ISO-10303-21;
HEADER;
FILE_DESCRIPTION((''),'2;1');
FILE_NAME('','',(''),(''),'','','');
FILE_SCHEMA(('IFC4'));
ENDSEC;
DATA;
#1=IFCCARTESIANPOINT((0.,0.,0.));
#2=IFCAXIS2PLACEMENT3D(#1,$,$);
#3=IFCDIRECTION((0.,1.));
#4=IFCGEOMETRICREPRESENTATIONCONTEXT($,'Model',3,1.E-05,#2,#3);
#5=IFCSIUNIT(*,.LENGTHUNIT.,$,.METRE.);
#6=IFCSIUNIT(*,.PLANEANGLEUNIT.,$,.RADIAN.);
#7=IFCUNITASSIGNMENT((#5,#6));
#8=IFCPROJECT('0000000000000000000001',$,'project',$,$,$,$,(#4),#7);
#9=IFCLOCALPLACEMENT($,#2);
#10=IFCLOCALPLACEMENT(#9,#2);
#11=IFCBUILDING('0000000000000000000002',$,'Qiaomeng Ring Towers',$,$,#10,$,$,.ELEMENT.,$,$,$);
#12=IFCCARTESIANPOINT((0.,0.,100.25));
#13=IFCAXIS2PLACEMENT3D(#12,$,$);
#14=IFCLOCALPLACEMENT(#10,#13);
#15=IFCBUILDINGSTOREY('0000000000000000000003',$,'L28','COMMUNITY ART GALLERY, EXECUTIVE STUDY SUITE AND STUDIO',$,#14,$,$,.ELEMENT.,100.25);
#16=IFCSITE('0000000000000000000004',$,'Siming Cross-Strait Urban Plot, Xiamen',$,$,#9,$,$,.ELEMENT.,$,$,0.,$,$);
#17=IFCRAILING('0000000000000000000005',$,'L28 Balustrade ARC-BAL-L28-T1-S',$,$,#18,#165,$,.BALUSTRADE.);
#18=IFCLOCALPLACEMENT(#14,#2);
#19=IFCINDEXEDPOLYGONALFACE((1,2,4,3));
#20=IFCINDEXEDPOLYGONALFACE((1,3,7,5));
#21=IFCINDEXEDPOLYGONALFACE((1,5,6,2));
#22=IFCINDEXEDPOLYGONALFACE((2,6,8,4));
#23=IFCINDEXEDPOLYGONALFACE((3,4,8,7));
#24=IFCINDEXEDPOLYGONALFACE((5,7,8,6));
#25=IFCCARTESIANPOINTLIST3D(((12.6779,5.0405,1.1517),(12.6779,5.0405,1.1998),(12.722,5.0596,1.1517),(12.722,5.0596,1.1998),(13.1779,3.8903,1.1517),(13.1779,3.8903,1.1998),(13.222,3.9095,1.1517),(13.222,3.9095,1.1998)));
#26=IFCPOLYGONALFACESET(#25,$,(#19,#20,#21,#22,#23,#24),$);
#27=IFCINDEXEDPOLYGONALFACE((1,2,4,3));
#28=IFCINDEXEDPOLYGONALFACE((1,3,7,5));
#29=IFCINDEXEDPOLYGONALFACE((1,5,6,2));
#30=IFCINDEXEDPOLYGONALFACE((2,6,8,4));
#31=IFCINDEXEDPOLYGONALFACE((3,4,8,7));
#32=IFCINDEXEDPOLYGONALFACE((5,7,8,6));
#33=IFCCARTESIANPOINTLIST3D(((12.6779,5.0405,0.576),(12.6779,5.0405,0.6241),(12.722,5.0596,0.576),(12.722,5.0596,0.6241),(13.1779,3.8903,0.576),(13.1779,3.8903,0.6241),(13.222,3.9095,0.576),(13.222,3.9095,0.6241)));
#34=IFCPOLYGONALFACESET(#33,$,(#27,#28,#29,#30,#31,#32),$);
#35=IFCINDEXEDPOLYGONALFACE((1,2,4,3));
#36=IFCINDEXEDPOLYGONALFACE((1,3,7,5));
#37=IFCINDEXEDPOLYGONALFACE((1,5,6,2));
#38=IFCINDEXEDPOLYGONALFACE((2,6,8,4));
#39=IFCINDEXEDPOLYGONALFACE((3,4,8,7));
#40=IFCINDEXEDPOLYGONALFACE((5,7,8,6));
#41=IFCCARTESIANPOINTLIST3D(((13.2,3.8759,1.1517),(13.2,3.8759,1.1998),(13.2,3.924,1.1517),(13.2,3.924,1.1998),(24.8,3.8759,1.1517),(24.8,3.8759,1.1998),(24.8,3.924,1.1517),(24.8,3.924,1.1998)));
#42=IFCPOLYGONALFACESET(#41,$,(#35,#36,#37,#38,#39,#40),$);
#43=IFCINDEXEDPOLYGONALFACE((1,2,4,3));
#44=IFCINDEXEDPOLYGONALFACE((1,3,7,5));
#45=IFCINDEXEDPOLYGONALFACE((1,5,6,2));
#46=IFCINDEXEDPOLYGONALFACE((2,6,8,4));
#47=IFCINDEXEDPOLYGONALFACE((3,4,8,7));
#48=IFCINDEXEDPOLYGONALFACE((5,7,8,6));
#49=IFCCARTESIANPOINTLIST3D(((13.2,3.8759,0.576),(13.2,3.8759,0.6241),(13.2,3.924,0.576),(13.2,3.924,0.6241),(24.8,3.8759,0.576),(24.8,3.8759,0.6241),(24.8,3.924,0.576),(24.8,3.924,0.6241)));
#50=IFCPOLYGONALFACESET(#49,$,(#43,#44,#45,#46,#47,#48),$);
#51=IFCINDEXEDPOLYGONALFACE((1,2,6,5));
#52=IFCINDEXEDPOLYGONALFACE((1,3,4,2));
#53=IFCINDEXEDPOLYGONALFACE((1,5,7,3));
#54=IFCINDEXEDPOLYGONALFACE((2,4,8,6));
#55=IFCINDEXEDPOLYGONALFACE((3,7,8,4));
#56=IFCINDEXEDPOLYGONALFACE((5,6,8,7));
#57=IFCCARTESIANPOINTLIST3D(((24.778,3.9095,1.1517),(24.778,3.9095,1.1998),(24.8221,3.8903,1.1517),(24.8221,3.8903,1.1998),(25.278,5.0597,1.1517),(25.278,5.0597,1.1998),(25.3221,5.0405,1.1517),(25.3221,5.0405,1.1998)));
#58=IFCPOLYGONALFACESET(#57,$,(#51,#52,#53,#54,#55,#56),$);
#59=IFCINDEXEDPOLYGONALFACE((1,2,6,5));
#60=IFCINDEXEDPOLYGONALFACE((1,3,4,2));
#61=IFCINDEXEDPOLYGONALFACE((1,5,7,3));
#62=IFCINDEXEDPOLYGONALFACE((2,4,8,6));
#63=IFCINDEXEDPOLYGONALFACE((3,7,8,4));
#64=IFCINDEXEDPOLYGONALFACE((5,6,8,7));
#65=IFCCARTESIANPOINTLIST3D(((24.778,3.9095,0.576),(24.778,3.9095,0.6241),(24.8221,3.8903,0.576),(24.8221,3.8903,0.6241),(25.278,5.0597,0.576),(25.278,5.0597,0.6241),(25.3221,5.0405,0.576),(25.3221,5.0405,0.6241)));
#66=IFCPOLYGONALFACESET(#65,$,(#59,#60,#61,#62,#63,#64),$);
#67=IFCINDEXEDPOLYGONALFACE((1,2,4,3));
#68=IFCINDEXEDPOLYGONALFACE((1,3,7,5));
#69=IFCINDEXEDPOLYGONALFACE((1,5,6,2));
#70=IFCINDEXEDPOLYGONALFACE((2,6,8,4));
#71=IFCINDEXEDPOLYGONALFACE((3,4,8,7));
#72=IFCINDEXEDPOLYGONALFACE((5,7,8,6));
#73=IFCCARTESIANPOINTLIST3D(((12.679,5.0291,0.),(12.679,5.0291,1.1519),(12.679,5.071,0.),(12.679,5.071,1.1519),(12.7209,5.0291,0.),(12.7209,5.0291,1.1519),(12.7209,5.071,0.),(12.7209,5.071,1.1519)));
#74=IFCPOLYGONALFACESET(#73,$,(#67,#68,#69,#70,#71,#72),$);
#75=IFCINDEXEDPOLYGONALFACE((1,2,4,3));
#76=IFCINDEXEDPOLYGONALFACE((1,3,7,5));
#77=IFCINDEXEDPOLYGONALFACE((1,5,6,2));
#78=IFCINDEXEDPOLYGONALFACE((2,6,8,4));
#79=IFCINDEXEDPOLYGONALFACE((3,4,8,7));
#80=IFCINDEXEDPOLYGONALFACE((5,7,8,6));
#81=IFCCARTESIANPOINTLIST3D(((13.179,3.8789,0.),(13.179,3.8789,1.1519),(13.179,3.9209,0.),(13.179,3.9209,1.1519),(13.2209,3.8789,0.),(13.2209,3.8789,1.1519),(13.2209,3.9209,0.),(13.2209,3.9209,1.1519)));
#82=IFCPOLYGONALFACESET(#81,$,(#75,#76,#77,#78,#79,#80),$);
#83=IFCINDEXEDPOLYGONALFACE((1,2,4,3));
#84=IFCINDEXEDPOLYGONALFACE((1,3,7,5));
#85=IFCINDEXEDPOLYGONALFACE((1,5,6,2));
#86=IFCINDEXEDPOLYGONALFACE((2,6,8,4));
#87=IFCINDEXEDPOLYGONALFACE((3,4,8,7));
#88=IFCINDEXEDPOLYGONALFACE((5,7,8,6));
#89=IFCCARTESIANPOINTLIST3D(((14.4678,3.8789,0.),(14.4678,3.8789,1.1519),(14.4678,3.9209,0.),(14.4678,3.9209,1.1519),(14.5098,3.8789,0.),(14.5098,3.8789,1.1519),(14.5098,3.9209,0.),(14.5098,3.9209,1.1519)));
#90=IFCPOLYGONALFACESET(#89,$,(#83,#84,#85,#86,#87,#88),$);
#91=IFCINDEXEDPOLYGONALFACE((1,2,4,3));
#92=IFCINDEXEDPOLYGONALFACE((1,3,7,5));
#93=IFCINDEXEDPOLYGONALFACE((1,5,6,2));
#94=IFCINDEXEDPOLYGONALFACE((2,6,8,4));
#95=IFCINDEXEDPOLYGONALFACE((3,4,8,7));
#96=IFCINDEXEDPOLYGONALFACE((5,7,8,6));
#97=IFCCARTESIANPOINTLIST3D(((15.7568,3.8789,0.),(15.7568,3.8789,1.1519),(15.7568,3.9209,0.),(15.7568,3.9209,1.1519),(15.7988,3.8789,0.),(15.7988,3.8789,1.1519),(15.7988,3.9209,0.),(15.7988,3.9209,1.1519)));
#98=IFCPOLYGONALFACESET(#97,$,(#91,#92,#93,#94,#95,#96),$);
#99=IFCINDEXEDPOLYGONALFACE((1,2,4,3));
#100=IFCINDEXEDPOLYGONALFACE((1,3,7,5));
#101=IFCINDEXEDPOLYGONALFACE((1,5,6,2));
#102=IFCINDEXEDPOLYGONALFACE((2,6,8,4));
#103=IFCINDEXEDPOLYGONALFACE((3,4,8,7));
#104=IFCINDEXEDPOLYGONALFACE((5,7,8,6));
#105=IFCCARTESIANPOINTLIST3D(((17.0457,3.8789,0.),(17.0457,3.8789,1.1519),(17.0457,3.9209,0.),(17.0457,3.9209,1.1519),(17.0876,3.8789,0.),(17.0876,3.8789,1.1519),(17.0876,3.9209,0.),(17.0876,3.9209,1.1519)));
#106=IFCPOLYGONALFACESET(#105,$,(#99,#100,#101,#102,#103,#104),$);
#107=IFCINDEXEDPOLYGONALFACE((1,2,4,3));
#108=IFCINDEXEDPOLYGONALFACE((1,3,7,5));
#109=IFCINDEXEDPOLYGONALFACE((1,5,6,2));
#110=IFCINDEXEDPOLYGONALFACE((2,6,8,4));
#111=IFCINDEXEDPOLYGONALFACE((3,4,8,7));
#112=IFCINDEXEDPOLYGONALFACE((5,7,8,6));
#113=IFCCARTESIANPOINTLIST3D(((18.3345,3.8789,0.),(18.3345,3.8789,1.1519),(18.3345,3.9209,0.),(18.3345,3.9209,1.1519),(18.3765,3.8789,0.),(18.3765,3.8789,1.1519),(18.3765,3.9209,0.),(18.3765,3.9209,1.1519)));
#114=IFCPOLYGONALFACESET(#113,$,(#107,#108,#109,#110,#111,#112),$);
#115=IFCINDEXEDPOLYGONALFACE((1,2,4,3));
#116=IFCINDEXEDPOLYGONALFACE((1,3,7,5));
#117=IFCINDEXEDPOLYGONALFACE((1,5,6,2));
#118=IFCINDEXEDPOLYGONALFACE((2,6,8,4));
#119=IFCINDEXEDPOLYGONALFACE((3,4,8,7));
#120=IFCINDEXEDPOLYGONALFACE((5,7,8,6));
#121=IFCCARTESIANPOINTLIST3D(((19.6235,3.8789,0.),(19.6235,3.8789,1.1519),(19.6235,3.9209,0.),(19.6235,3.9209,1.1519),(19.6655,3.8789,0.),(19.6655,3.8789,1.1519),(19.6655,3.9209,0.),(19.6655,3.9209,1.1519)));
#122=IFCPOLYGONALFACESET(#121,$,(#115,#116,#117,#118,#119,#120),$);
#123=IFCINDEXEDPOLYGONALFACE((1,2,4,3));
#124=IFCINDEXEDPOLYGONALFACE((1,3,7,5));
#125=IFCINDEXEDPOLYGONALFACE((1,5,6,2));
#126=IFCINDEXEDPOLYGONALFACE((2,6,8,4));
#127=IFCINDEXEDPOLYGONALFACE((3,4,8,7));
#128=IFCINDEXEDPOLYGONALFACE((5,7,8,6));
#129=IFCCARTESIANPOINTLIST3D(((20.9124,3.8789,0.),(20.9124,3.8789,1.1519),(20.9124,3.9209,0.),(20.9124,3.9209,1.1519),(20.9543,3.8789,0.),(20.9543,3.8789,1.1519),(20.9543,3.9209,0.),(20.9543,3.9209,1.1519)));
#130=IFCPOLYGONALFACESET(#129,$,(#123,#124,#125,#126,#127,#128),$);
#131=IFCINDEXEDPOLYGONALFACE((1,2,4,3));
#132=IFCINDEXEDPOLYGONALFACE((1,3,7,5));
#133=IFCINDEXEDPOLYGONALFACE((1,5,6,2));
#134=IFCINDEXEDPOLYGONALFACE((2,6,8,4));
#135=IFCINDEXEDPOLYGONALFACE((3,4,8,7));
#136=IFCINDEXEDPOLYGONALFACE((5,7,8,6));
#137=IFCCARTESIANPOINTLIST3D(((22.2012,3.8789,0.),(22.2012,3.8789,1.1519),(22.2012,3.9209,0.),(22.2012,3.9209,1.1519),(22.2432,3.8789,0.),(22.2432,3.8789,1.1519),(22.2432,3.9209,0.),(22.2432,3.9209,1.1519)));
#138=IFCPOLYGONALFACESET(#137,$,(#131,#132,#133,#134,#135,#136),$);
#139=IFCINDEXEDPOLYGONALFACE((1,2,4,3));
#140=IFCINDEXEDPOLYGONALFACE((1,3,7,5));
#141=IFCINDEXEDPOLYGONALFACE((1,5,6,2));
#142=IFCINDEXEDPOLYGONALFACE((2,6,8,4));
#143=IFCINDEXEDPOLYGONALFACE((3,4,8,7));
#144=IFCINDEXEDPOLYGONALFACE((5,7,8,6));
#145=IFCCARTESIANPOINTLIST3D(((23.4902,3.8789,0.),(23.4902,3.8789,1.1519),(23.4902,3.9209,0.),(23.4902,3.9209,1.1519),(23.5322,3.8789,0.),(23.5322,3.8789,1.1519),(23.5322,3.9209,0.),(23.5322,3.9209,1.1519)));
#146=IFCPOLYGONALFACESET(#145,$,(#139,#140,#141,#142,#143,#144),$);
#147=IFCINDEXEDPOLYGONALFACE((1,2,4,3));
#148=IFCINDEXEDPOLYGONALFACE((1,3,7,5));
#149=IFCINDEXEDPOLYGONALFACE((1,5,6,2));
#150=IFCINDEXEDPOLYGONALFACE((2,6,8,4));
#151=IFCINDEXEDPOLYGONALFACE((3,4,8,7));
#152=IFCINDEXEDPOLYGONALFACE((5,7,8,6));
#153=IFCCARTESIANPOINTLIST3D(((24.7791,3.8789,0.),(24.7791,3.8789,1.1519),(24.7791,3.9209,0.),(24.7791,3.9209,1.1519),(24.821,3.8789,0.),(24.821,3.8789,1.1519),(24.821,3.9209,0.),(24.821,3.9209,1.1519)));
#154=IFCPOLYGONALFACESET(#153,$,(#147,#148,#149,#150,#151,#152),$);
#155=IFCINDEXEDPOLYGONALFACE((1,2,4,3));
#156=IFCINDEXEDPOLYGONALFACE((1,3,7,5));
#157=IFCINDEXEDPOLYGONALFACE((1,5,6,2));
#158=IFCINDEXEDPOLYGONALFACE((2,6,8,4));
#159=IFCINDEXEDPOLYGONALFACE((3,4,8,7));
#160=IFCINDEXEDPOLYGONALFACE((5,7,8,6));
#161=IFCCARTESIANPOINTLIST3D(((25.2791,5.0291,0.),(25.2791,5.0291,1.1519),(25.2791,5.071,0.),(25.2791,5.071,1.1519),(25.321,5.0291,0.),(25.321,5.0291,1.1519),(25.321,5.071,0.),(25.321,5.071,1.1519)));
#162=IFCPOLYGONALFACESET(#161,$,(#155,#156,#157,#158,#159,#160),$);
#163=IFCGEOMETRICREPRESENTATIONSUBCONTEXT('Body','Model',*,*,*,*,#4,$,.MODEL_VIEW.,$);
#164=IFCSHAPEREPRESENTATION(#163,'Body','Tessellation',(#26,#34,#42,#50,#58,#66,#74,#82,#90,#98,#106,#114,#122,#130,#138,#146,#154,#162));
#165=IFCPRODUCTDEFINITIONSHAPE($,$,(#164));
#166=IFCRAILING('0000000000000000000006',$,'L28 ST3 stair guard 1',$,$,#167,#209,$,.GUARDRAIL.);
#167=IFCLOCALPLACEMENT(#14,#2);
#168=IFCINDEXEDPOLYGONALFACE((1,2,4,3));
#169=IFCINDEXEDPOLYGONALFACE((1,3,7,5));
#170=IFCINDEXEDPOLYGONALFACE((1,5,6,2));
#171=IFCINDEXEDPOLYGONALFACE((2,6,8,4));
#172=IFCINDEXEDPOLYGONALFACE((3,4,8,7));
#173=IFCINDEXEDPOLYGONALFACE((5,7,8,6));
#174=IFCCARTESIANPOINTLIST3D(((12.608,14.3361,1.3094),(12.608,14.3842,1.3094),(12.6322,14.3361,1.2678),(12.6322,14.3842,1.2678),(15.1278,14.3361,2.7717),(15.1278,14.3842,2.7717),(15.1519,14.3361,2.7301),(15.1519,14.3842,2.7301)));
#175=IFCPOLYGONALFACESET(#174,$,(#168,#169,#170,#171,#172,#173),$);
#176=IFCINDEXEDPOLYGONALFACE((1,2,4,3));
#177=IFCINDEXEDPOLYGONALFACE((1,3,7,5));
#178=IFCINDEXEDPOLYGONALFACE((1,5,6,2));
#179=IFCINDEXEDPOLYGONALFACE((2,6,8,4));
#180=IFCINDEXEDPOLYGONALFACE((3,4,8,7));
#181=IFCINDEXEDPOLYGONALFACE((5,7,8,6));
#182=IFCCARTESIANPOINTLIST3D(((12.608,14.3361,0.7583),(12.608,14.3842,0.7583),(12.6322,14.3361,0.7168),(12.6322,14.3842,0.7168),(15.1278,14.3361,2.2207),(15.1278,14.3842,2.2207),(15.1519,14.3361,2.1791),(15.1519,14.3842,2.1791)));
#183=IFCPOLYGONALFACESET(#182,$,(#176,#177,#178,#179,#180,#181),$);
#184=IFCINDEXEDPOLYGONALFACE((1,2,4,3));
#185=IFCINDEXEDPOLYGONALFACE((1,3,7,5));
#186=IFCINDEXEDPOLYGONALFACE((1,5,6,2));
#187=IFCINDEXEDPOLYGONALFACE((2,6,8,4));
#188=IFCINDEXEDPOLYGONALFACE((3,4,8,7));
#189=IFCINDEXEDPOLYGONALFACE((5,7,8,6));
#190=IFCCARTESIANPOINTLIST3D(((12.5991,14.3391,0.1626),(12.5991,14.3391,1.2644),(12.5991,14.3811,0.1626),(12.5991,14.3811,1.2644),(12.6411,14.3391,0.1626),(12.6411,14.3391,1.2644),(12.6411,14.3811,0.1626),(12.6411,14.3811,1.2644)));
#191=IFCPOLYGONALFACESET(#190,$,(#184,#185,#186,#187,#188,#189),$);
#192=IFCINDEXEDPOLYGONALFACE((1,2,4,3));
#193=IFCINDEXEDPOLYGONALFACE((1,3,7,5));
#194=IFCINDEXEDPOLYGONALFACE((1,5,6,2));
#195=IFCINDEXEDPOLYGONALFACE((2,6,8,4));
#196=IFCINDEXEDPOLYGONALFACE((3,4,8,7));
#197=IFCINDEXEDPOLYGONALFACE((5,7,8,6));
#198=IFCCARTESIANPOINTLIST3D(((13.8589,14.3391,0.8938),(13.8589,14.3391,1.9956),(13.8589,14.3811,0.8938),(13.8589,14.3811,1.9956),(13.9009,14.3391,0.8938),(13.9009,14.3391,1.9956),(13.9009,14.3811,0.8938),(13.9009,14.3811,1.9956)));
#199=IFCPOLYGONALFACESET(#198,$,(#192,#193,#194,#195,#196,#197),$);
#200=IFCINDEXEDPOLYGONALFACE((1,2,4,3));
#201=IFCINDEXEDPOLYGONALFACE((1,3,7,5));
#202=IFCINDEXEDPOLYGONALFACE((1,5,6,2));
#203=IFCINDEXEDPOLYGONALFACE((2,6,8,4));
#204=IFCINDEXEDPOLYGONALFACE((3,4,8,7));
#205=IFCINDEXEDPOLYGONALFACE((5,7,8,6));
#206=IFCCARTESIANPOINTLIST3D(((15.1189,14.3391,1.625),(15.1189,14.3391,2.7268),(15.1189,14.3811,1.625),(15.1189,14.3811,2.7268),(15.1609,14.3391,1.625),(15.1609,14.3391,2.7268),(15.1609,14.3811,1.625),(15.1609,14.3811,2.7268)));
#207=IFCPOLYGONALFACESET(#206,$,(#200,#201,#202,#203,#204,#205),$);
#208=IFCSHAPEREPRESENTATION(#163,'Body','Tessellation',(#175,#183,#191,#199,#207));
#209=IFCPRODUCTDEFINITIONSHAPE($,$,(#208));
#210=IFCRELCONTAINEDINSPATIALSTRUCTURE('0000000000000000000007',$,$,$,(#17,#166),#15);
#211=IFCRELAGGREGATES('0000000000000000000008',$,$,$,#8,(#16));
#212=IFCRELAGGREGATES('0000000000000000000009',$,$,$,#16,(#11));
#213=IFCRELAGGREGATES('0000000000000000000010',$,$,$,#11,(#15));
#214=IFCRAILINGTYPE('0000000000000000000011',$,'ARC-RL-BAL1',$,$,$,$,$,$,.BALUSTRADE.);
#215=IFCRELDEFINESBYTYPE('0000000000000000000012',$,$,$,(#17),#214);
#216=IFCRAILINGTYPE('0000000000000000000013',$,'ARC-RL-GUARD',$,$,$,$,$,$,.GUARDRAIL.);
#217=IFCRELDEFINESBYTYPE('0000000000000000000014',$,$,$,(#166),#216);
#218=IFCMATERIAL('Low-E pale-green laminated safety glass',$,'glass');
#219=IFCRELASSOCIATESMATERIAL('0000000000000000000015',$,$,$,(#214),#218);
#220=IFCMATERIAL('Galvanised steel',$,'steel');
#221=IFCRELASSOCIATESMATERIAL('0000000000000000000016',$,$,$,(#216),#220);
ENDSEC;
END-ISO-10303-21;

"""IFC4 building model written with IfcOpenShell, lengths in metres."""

from ifc_helpers import new_model, si_unit, direction, frame, origin, origin_2d, place, context, subcontext, project, spatial, rectangle, extrude, material, type_object, element, save


model = new_model("IFC4")

# Units and contexts
model_context = context("Model", 3, precision=1e-05, world=origin(), true_north=direction((0.0, 1.0)))
body_context = subcontext(model_context, "Body", "Model", "MODEL_VIEW")
ifc_project = project(units=[si_unit("LENGTHUNIT", "METRE"), si_unit("PLANEANGLEUNIT", "RADIAN")], contexts=[model_context])

# Site, building, storey
site_placement = place(None, origin())
site = spatial("IfcSite", under=ifc_project, at=site_placement, Name="Siming Cross-Strait Urban Plot, Xiamen", CompositionType="ELEMENT", RefElevation=0.0)
building_placement = place(site_placement, origin())
building = spatial("IfcBuilding", under=site, at=building_placement, Name="Qiaomeng Ring Towers", CompositionType="ELEMENT")
storey_placement = place(building_placement, frame((0.0, 0.0, 100.25)))
storey = spatial("IfcBuildingStorey", under=building, at=storey_placement, Name="L28", Description="COMMUNITY ART GALLERY, EXECUTIVE STUDY SUITE AND STUDIO", CompositionType="ELEMENT", Elevation=100.25)

# Shared definitions
ifc_material_1 = material(Name="Galvanised steel", Category="steel")

# Railings
ifc_material_2 = material(Name="Low-E pale-green laminated safety glass", Category="glass")
railing_type_1 = type_object("IfcRailingType", Name="ARC-RL-BAL1", PredefinedType="BALUSTRADE", material=ifc_material_2)
railing_1_placement = place(storey_placement, frame((12.7, 5.05, 0.0)))
element("IfcRailing", 1, at=railing_1_placement, inside=storey, type_object=railing_type_1, Name="L28 Balustrade ARC-BAL-L28-T1-S", PredefinedType="BALUSTRADE", context=body_context, shape_type="SweptSolid", body=[
    extrude(rectangle(XDim=0.0481, YDim=0.0481, at=origin_2d()), frame((0.0, 0.0, 1.1758), z_axis=(0.398683, -0.917089, 0.0), x_axis=(0.917089, 0.398683, 0.0)), (0.0, 0.0, 1.0), 1.2542),
    extrude(rectangle(XDim=0.0481, YDim=0.0481, at=origin_2d()), frame((0.0, 0.0, 0.6001), z_axis=(0.398683, -0.917089, 0.0), x_axis=(0.917089, 0.398683, 0.0)), (0.0, 0.0, 1.0), 1.2542),
    extrude(rectangle(XDim=0.0481, YDim=0.0481, at=origin_2d()), frame((0.5, -1.1501, 1.1758), z_axis=(1.0, 0.0, 0.0), x_axis=(0.0, 1.0, 0.0)), (0.0, 0.0, 1.0), 11.6001),
    extrude(rectangle(XDim=0.0481, YDim=0.0481, at=origin_2d()), frame((0.5, -1.1501, 0.6001), z_axis=(1.0, 0.0, 0.0), x_axis=(0.0, 1.0, 0.0)), (0.0, 0.0, 1.0), 11.6001),
    extrude(rectangle(XDim=0.0481, YDim=0.0481, at=origin_2d()), frame((12.1001, -1.1501, 1.1758), z_axis=(0.398683, 0.917089, 0.0), x_axis=(-0.917089, 0.398683, 0.0)), (0.0, 0.0, 1.0), 1.2542),
    extrude(rectangle(XDim=0.0481, YDim=0.0481, at=origin_2d()), frame((12.1001, -1.1501, 0.6001), z_axis=(0.398683, 0.917089, 0.0), x_axis=(-0.917089, 0.398683, 0.0)), (0.0, 0.0, 1.0), 1.2542),
    extrude(rectangle(XDim=0.042, YDim=0.042, at=origin_2d()), origin(), (0.0, 0.0, 1.0), 1.1519),
    extrude(rectangle(XDim=0.042, YDim=0.042, at=origin_2d()), frame((0.5, -1.1501, 0.0)), (0.0, 0.0, 1.0), 1.1519),
    extrude(rectangle(XDim=0.042, YDim=0.042, at=origin_2d()), frame((1.7888, -1.1501, 0.0)), (0.0, 0.0, 1.0), 1.1519),
    extrude(rectangle(XDim=0.042, YDim=0.042, at=origin_2d()), frame((3.0779, -1.1501, 0.0)), (0.0, 0.0, 1.0), 1.1519),
    extrude(rectangle(XDim=0.042, YDim=0.042, at=origin_2d()), frame((4.3667, -1.1501, 0.0)), (0.0, 0.0, 1.0), 1.1519),
    extrude(rectangle(XDim=0.042, YDim=0.042, at=origin_2d()), frame((5.6555, -1.1501, 0.0)), (0.0, 0.0, 1.0), 1.1519),
    extrude(rectangle(XDim=0.042, YDim=0.042, at=origin_2d()), frame((6.9446, -1.1501, 0.0)), (0.0, 0.0, 1.0), 1.1519),
    extrude(rectangle(XDim=0.042, YDim=0.042, at=origin_2d()), frame((8.2334, -1.1501, 0.0)), (0.0, 0.0, 1.0), 1.1519),
    extrude(rectangle(XDim=0.042, YDim=0.042, at=origin_2d()), frame((9.5222, -1.1501, 0.0)), (0.0, 0.0, 1.0), 1.1519),
    extrude(rectangle(XDim=0.042, YDim=0.042, at=origin_2d()), frame((10.8113, -1.1501, 0.0)), (0.0, 0.0, 1.0), 1.1519),
    extrude(rectangle(XDim=0.042, YDim=0.042, at=origin_2d()), frame((12.1001, -1.1501, 0.0)), (0.0, 0.0, 1.0), 1.1519),
    extrude(rectangle(XDim=0.042, YDim=0.042, at=origin_2d()), frame((12.6001, 0.0, 0.0)), (0.0, 0.0, 1.0), 1.1519),
])
railing_type_2 = type_object("IfcRailingType", Name="ARC-RL-GUARD", PredefinedType="GUARDRAIL", material=ifc_material_1)
railing_2_placement = place(storey_placement, frame((12.6201, 14.3601, 0.1626)))
element("IfcRailing", 2, at=railing_2_placement, inside=storey, type_object=railing_type_2, Name="L28 ST3 stair guard 1", PredefinedType="GUARDRAIL", context=body_context, shape_type="SweptSolid", body=[
    extrude(rectangle(XDim=0.0481, YDim=0.0481, at=origin_2d()), frame((0.0, 0.0, 1.126), z_axis=(0.864892, 0.0, 0.501958), x_axis=(0.0, 1.0, 0.0)), (0.0, 0.0, 1.0), 2.9133),
    extrude(rectangle(XDim=0.0481, YDim=0.0481, at=origin_2d()), frame((0.0, 0.0, 0.575), z_axis=(0.864892, 0.0, 0.501958), x_axis=(0.0, 1.0, 0.0)), (0.0, 0.0, 1.0), 2.9133),
    extrude(rectangle(XDim=0.042, YDim=0.042, at=origin_2d()), origin(), (0.0, 0.0, 1.0), 1.1018),
    extrude(rectangle(XDim=0.042, YDim=0.042, at=origin_2d()), frame((1.2598, 0.0, 0.7312)), (0.0, 0.0, 1.0), 1.1018),
    extrude(rectangle(XDim=0.042, YDim=0.042, at=origin_2d()), frame((2.5198, 0.0, 1.4624)), (0.0, 0.0, 1.0), 1.1018),
])

save(model, "model.ifc")
